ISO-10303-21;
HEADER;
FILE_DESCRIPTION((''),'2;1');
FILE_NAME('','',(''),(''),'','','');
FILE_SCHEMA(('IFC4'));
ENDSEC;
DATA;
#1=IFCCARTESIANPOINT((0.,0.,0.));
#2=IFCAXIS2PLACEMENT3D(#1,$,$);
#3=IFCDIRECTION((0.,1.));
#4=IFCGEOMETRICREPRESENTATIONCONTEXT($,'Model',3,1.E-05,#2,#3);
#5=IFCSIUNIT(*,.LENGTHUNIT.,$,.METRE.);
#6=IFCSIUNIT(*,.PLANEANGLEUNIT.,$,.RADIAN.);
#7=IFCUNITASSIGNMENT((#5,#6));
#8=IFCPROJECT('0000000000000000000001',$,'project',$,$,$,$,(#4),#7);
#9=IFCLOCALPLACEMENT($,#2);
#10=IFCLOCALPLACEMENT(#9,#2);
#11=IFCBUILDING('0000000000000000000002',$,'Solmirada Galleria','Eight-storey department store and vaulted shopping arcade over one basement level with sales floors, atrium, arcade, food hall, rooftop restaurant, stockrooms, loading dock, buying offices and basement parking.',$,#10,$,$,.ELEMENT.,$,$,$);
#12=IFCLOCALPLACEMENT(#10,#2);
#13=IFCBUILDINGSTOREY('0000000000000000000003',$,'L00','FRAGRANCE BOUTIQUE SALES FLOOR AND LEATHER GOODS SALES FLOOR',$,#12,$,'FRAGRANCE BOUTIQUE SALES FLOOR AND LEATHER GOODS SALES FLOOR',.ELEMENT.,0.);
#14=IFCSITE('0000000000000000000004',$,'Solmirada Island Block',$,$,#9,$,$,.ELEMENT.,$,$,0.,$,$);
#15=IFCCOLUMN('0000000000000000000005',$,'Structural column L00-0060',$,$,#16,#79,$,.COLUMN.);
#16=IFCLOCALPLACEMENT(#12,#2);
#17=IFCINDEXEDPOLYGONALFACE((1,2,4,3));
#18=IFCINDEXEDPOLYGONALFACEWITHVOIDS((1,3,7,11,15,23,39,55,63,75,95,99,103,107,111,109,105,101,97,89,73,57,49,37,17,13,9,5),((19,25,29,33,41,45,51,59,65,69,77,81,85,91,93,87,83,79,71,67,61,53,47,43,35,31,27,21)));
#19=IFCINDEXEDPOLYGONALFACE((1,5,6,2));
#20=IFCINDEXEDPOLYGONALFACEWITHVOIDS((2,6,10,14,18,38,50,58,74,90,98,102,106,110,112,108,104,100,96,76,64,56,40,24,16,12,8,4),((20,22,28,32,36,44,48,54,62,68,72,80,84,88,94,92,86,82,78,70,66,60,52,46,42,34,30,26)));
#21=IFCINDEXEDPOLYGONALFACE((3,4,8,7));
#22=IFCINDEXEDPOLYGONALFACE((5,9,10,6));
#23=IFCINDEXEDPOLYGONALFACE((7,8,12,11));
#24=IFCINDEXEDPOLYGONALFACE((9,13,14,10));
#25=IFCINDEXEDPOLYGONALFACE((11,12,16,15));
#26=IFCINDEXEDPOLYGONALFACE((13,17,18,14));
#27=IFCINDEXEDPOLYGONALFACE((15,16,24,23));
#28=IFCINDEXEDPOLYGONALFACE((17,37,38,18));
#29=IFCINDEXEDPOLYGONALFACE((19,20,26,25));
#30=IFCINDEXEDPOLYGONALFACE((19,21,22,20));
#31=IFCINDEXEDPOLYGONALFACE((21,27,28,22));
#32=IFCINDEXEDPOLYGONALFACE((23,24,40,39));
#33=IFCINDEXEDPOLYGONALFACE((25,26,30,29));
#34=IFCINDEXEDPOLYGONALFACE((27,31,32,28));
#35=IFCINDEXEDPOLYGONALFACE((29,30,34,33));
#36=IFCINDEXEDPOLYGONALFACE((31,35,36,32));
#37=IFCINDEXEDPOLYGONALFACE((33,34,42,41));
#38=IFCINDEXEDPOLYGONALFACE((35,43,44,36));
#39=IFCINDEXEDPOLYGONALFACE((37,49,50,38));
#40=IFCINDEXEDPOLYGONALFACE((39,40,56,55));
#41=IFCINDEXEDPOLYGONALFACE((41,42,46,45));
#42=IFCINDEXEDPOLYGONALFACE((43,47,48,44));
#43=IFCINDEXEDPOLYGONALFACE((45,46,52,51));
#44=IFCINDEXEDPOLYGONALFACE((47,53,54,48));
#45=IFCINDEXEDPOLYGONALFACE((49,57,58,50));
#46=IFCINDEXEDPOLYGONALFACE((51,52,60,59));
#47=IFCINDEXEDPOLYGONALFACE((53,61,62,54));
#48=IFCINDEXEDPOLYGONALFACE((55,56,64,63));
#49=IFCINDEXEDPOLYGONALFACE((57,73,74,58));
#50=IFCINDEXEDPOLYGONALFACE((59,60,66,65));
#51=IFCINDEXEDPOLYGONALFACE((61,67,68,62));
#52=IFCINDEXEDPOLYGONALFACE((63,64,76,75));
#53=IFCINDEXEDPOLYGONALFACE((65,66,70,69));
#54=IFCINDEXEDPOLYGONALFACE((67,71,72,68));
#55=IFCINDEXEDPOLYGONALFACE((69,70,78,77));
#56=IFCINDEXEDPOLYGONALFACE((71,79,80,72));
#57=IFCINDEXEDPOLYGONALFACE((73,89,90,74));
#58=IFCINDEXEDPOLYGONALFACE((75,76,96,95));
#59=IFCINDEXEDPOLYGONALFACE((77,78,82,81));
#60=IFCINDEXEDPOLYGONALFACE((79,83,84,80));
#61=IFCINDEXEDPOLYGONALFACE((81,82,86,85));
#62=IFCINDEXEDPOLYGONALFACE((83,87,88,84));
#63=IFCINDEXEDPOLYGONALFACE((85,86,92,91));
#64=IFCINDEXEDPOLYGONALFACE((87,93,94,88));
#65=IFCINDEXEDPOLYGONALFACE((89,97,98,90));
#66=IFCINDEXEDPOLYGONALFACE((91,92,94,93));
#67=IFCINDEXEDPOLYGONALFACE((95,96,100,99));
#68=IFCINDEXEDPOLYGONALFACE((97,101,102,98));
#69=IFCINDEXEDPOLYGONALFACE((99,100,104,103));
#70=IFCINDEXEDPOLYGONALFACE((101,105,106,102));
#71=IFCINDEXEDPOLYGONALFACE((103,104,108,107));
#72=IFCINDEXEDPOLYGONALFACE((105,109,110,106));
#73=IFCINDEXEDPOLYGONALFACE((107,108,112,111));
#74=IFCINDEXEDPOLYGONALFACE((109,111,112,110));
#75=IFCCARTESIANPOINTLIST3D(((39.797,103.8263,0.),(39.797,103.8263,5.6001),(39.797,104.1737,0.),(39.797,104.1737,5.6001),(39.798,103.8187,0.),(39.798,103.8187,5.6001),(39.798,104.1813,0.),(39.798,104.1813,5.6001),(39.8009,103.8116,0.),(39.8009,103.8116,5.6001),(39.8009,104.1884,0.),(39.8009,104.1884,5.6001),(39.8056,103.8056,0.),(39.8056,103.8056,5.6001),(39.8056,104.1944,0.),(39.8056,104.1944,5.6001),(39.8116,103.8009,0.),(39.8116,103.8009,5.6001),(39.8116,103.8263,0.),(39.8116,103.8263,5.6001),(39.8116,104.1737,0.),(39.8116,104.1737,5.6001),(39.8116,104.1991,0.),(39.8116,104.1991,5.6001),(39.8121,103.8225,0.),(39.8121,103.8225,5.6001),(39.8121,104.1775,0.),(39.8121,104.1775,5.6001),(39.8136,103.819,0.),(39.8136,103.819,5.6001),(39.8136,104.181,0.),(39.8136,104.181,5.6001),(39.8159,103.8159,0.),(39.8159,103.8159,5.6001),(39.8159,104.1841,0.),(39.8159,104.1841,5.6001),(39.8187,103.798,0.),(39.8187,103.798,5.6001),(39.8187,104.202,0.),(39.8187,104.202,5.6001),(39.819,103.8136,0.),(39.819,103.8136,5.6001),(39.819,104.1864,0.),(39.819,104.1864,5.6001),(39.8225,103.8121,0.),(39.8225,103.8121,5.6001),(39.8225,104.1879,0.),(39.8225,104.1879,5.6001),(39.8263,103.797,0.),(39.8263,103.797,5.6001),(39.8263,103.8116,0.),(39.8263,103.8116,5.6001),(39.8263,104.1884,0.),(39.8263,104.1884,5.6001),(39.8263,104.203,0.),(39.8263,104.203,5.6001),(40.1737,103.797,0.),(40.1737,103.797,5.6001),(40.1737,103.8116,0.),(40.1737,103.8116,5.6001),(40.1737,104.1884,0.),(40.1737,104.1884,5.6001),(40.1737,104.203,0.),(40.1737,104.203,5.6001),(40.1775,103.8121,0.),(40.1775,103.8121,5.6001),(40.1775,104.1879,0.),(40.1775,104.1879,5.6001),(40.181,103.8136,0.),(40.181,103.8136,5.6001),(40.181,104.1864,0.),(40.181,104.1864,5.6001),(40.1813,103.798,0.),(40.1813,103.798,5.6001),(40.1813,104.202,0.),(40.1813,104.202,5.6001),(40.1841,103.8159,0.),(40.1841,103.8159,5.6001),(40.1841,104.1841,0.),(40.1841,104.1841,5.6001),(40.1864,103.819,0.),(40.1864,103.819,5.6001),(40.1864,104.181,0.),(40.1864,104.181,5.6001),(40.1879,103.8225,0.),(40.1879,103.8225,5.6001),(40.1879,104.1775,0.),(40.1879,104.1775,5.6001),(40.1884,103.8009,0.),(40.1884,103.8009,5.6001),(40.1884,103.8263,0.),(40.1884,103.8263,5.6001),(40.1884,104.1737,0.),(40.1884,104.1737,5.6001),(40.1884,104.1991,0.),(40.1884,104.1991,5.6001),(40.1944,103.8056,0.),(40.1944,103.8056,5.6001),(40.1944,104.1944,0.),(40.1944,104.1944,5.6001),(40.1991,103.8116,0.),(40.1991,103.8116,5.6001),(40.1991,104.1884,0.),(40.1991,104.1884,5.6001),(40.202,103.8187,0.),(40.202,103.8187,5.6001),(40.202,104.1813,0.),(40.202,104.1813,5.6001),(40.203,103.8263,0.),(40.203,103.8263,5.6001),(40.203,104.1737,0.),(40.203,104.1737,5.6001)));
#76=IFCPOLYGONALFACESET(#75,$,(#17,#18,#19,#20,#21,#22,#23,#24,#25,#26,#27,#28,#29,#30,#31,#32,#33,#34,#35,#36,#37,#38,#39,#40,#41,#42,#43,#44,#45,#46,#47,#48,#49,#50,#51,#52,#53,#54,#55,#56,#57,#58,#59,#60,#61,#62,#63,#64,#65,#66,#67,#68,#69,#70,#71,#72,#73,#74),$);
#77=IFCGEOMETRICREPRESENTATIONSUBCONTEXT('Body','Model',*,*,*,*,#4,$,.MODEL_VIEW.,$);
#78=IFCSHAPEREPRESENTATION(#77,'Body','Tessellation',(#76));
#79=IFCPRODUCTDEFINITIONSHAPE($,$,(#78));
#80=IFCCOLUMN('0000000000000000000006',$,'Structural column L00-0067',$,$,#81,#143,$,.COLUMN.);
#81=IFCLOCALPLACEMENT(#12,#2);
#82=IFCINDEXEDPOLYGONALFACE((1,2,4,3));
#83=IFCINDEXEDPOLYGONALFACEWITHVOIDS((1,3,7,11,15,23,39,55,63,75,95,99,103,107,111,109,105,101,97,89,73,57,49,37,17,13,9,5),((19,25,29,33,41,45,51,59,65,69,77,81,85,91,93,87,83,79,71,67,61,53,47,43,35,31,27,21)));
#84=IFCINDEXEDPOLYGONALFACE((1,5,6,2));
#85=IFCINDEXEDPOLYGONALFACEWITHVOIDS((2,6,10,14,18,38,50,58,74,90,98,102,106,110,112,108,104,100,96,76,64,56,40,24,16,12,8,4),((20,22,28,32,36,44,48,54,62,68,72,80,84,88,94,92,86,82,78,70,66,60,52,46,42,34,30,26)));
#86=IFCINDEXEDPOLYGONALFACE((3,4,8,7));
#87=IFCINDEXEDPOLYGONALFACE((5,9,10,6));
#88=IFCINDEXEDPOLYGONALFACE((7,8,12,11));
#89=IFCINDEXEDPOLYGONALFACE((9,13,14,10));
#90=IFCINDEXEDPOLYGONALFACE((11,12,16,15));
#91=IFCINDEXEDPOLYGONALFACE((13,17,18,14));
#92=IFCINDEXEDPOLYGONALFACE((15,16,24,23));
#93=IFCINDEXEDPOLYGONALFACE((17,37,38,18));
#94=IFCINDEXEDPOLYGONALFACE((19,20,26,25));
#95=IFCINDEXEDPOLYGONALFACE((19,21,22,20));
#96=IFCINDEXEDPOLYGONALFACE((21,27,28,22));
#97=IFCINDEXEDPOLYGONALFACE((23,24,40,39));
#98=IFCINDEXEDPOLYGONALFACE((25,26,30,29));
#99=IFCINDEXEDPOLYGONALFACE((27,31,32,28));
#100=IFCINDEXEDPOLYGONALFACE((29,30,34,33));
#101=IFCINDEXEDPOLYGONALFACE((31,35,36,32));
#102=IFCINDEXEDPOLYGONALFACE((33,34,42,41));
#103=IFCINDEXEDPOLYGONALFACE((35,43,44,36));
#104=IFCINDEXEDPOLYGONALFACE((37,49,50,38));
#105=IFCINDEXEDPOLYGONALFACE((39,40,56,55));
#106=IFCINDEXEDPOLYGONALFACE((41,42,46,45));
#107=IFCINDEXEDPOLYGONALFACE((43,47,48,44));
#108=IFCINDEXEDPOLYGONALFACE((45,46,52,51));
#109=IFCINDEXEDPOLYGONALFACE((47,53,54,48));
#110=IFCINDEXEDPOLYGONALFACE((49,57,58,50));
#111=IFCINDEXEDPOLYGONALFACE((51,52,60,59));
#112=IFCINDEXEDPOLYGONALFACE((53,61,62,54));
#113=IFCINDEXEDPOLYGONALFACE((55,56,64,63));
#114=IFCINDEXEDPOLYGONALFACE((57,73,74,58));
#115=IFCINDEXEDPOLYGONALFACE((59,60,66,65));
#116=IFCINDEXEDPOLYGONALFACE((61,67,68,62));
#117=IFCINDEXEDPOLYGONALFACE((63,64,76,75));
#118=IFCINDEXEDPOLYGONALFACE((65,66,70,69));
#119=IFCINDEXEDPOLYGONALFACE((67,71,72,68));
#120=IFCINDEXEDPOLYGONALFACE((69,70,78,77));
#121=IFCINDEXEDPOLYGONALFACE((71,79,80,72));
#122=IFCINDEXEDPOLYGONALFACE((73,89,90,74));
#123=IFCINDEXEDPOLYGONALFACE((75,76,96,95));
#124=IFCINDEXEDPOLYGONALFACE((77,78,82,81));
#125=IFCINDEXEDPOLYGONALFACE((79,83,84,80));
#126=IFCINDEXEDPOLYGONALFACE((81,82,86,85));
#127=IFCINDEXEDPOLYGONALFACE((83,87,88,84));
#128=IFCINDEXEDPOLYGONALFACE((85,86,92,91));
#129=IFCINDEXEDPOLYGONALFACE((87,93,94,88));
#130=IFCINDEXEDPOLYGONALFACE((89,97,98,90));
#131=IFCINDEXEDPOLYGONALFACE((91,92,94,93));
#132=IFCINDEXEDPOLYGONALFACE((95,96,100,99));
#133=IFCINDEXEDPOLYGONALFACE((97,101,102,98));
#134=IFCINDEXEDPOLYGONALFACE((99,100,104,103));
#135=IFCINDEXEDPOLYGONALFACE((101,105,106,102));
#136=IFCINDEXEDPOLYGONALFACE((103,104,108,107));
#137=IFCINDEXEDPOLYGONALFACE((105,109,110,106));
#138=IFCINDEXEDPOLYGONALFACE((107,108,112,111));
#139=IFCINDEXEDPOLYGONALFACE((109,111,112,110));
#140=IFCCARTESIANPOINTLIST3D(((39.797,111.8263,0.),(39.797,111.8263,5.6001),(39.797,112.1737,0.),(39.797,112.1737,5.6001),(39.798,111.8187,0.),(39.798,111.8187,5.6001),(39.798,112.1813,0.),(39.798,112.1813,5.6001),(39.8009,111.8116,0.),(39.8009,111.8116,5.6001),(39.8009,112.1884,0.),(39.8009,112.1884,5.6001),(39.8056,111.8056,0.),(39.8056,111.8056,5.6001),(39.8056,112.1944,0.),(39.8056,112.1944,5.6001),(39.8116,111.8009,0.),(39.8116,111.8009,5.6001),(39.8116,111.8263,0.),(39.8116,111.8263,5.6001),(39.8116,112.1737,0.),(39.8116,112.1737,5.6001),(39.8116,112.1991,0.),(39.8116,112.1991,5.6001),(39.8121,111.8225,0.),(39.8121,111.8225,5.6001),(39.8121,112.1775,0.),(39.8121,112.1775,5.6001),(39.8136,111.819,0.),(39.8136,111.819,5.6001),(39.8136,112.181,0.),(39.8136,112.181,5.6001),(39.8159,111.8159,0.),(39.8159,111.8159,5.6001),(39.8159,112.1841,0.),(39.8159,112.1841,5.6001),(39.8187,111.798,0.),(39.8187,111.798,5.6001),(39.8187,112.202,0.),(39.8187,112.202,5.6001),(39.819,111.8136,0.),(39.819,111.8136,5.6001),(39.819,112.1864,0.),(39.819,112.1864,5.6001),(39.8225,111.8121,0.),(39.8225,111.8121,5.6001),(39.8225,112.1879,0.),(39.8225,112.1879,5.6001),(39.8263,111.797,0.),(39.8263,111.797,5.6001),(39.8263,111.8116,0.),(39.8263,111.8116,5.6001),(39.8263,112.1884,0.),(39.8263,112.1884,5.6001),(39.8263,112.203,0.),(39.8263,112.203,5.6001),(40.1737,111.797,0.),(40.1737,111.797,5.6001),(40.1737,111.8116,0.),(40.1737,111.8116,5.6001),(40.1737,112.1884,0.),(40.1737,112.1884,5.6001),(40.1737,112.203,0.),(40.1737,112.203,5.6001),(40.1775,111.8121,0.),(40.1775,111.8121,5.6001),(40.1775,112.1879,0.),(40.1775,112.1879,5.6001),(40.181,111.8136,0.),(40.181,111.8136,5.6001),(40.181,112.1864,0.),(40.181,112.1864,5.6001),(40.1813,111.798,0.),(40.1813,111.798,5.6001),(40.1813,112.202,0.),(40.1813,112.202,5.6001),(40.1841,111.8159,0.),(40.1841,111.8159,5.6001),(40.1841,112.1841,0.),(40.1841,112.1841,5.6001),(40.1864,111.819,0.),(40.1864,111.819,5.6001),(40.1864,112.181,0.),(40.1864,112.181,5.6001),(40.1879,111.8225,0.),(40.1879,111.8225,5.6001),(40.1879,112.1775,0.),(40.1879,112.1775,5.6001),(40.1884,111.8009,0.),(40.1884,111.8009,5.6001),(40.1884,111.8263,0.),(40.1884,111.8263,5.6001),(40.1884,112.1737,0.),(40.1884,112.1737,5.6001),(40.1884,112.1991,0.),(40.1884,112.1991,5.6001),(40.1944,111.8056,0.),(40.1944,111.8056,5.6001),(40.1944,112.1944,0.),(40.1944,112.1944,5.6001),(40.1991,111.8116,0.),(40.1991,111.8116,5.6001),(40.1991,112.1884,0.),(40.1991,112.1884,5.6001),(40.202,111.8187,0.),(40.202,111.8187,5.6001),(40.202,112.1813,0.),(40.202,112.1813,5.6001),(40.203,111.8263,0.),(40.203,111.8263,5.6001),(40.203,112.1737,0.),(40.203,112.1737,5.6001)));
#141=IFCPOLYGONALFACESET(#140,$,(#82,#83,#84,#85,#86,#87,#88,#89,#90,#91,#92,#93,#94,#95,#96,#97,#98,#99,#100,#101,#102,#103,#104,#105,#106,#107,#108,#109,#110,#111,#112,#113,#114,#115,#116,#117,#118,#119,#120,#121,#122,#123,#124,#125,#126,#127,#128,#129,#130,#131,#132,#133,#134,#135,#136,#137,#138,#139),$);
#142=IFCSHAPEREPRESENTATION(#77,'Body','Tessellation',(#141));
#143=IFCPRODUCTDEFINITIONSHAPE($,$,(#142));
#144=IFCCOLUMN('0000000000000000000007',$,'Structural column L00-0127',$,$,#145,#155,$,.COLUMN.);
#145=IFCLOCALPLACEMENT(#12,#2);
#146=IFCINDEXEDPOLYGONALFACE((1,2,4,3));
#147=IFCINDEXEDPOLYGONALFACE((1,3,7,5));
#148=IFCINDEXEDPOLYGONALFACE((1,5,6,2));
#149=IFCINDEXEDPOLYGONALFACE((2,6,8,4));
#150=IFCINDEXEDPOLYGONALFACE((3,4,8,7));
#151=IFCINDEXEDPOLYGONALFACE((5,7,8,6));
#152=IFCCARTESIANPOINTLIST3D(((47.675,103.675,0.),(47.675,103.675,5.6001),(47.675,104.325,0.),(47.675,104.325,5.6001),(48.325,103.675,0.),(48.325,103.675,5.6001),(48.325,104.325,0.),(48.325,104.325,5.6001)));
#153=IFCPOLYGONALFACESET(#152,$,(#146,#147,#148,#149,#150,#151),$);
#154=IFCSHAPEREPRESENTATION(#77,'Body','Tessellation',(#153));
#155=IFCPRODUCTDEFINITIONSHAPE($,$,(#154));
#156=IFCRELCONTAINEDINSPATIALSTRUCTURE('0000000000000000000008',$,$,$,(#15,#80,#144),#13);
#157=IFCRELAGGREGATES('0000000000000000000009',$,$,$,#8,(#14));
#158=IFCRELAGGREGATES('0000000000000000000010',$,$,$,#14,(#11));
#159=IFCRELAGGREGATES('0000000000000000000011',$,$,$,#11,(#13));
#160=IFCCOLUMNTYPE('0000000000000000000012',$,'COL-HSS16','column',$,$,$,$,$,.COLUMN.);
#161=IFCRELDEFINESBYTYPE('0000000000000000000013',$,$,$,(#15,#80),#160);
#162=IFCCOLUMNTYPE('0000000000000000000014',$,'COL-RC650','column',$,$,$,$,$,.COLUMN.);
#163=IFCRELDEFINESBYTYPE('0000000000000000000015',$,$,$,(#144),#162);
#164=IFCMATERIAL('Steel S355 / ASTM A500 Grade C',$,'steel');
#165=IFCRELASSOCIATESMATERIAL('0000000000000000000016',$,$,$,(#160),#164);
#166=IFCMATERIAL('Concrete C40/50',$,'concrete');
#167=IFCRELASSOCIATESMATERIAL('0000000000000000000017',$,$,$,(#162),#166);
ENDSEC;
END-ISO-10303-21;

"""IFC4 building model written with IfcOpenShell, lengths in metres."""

from ifc_helpers import new_model, si_unit, direction, frame, origin, origin_2d, place, context, subcontext, project, spatial, rectangle, hollow_rectangle, extrude, material, material_profile, profile_set, type_object, element, save


model = new_model("IFC4")

# Units and contexts
model_context = context("Model", 3, precision=1e-05, world=origin(), true_north=direction((0.0, 1.0)))
body_context = subcontext(model_context, "Body", "Model", "MODEL_VIEW")
ifc_project = project(units=[si_unit("LENGTHUNIT", "METRE"), si_unit("PLANEANGLEUNIT", "RADIAN")], contexts=[model_context])

# Site, building, storey
site_placement = place(None, origin())
site = spatial("IfcSite", under=ifc_project, at=site_placement, Name="Solmirada Island Block", CompositionType="ELEMENT", RefElevation=0.0)
building_placement = place(site_placement, origin())
building = spatial("IfcBuilding", under=site, at=building_placement, Name="Solmirada Galleria", Description="Eight-storey department store and vaulted shopping arcade over one basement level with sales floors, atrium, arcade, food hall, rooftop restaurant, stockrooms, loading dock, buying offices and basement parking.", CompositionType="ELEMENT")
storey_placement = place(building_placement, origin())
storey = spatial("IfcBuildingStorey", under=building, at=storey_placement, Name="L00", Description="FRAGRANCE BOUTIQUE SALES FLOOR AND LEATHER GOODS SALES FLOOR", LongName="FRAGRANCE BOUTIQUE SALES FLOOR AND LEATHER GOODS SALES FLOOR", CompositionType="ELEMENT", Elevation=0.0)

# Columns
ifc_material_1 = material(Name="Steel S355 / ASTM A500 Grade C", Category="steel")
ifc_material_profile_1 = material_profile(ifc_material_1, hollow_rectangle(XDim=0.406, YDim=0.406, WallThickness=0.0146, InnerFilletRadius=0.0146, OuterFilletRadius=0.0293, at=origin_2d()), Name="HSS16X16X5/8")
ifc_profile_set_1 = profile_set([ifc_material_profile_1], Name="Steel S355 / ASTM A500 Grade C")
column_type_1 = type_object("IfcColumnType", Name="COL-HSS16", Description="column", PredefinedType="COLUMN", material=ifc_profile_set_1)
for number, where, z_axis, x_axis, name in (
    (1, (40.0, 104.0, 0.0), (0.0, 0.0, 1.0), (1.0, 0.0, 0.0), "Structural column L00-0060"),
    (2, (40.0, 112.0, 0.0), (0.0, 0.0, 1.0), (1.0, 0.0, 0.0), "Structural column L00-0067"),
):
    element("IfcColumn", number, at=place(storey_placement, frame(where, z_axis=z_axis, x_axis=x_axis)), inside=storey, type_object=column_type_1, Name=name, PredefinedType="COLUMN", context=body_context, shape_type="SweptSolid", body=[
        extrude(hollow_rectangle(XDim=0.406, YDim=0.406, WallThickness=0.0146, InnerFilletRadius=0.0146, OuterFilletRadius=0.0293, at=origin_2d()), origin(), (0.0, 0.0, 1.0), 5.6001),
    ])
ifc_material_2 = material(Name="Concrete C40/50", Category="concrete")
ifc_material_profile_2 = material_profile(ifc_material_2, rectangle(XDim=0.6499, YDim=0.6499, at=origin_2d()), Name="RC650X650")
ifc_profile_set_2 = profile_set([ifc_material_profile_2], Name="Concrete C40/50")
column_type_2 = type_object("IfcColumnType", Name="COL-RC650", Description="column", PredefinedType="COLUMN", material=ifc_profile_set_2)
column_placement = place(storey_placement, frame((48.0, 104.0, 0.0), z_axis=(0.0, 0.0, 1.0), x_axis=(1.0, 0.0, 0.0)))
element("IfcColumn", 3, at=column_placement, inside=storey, type_object=column_type_2, Name="Structural column L00-0127", PredefinedType="COLUMN", context=body_context, shape_type="SweptSolid", body=[
    extrude(rectangle(XDim=0.6499, YDim=0.6499, at=origin_2d()), origin(), (0.0, 0.0, 1.0), 5.6001),
])

save(model, "model.ifc")
